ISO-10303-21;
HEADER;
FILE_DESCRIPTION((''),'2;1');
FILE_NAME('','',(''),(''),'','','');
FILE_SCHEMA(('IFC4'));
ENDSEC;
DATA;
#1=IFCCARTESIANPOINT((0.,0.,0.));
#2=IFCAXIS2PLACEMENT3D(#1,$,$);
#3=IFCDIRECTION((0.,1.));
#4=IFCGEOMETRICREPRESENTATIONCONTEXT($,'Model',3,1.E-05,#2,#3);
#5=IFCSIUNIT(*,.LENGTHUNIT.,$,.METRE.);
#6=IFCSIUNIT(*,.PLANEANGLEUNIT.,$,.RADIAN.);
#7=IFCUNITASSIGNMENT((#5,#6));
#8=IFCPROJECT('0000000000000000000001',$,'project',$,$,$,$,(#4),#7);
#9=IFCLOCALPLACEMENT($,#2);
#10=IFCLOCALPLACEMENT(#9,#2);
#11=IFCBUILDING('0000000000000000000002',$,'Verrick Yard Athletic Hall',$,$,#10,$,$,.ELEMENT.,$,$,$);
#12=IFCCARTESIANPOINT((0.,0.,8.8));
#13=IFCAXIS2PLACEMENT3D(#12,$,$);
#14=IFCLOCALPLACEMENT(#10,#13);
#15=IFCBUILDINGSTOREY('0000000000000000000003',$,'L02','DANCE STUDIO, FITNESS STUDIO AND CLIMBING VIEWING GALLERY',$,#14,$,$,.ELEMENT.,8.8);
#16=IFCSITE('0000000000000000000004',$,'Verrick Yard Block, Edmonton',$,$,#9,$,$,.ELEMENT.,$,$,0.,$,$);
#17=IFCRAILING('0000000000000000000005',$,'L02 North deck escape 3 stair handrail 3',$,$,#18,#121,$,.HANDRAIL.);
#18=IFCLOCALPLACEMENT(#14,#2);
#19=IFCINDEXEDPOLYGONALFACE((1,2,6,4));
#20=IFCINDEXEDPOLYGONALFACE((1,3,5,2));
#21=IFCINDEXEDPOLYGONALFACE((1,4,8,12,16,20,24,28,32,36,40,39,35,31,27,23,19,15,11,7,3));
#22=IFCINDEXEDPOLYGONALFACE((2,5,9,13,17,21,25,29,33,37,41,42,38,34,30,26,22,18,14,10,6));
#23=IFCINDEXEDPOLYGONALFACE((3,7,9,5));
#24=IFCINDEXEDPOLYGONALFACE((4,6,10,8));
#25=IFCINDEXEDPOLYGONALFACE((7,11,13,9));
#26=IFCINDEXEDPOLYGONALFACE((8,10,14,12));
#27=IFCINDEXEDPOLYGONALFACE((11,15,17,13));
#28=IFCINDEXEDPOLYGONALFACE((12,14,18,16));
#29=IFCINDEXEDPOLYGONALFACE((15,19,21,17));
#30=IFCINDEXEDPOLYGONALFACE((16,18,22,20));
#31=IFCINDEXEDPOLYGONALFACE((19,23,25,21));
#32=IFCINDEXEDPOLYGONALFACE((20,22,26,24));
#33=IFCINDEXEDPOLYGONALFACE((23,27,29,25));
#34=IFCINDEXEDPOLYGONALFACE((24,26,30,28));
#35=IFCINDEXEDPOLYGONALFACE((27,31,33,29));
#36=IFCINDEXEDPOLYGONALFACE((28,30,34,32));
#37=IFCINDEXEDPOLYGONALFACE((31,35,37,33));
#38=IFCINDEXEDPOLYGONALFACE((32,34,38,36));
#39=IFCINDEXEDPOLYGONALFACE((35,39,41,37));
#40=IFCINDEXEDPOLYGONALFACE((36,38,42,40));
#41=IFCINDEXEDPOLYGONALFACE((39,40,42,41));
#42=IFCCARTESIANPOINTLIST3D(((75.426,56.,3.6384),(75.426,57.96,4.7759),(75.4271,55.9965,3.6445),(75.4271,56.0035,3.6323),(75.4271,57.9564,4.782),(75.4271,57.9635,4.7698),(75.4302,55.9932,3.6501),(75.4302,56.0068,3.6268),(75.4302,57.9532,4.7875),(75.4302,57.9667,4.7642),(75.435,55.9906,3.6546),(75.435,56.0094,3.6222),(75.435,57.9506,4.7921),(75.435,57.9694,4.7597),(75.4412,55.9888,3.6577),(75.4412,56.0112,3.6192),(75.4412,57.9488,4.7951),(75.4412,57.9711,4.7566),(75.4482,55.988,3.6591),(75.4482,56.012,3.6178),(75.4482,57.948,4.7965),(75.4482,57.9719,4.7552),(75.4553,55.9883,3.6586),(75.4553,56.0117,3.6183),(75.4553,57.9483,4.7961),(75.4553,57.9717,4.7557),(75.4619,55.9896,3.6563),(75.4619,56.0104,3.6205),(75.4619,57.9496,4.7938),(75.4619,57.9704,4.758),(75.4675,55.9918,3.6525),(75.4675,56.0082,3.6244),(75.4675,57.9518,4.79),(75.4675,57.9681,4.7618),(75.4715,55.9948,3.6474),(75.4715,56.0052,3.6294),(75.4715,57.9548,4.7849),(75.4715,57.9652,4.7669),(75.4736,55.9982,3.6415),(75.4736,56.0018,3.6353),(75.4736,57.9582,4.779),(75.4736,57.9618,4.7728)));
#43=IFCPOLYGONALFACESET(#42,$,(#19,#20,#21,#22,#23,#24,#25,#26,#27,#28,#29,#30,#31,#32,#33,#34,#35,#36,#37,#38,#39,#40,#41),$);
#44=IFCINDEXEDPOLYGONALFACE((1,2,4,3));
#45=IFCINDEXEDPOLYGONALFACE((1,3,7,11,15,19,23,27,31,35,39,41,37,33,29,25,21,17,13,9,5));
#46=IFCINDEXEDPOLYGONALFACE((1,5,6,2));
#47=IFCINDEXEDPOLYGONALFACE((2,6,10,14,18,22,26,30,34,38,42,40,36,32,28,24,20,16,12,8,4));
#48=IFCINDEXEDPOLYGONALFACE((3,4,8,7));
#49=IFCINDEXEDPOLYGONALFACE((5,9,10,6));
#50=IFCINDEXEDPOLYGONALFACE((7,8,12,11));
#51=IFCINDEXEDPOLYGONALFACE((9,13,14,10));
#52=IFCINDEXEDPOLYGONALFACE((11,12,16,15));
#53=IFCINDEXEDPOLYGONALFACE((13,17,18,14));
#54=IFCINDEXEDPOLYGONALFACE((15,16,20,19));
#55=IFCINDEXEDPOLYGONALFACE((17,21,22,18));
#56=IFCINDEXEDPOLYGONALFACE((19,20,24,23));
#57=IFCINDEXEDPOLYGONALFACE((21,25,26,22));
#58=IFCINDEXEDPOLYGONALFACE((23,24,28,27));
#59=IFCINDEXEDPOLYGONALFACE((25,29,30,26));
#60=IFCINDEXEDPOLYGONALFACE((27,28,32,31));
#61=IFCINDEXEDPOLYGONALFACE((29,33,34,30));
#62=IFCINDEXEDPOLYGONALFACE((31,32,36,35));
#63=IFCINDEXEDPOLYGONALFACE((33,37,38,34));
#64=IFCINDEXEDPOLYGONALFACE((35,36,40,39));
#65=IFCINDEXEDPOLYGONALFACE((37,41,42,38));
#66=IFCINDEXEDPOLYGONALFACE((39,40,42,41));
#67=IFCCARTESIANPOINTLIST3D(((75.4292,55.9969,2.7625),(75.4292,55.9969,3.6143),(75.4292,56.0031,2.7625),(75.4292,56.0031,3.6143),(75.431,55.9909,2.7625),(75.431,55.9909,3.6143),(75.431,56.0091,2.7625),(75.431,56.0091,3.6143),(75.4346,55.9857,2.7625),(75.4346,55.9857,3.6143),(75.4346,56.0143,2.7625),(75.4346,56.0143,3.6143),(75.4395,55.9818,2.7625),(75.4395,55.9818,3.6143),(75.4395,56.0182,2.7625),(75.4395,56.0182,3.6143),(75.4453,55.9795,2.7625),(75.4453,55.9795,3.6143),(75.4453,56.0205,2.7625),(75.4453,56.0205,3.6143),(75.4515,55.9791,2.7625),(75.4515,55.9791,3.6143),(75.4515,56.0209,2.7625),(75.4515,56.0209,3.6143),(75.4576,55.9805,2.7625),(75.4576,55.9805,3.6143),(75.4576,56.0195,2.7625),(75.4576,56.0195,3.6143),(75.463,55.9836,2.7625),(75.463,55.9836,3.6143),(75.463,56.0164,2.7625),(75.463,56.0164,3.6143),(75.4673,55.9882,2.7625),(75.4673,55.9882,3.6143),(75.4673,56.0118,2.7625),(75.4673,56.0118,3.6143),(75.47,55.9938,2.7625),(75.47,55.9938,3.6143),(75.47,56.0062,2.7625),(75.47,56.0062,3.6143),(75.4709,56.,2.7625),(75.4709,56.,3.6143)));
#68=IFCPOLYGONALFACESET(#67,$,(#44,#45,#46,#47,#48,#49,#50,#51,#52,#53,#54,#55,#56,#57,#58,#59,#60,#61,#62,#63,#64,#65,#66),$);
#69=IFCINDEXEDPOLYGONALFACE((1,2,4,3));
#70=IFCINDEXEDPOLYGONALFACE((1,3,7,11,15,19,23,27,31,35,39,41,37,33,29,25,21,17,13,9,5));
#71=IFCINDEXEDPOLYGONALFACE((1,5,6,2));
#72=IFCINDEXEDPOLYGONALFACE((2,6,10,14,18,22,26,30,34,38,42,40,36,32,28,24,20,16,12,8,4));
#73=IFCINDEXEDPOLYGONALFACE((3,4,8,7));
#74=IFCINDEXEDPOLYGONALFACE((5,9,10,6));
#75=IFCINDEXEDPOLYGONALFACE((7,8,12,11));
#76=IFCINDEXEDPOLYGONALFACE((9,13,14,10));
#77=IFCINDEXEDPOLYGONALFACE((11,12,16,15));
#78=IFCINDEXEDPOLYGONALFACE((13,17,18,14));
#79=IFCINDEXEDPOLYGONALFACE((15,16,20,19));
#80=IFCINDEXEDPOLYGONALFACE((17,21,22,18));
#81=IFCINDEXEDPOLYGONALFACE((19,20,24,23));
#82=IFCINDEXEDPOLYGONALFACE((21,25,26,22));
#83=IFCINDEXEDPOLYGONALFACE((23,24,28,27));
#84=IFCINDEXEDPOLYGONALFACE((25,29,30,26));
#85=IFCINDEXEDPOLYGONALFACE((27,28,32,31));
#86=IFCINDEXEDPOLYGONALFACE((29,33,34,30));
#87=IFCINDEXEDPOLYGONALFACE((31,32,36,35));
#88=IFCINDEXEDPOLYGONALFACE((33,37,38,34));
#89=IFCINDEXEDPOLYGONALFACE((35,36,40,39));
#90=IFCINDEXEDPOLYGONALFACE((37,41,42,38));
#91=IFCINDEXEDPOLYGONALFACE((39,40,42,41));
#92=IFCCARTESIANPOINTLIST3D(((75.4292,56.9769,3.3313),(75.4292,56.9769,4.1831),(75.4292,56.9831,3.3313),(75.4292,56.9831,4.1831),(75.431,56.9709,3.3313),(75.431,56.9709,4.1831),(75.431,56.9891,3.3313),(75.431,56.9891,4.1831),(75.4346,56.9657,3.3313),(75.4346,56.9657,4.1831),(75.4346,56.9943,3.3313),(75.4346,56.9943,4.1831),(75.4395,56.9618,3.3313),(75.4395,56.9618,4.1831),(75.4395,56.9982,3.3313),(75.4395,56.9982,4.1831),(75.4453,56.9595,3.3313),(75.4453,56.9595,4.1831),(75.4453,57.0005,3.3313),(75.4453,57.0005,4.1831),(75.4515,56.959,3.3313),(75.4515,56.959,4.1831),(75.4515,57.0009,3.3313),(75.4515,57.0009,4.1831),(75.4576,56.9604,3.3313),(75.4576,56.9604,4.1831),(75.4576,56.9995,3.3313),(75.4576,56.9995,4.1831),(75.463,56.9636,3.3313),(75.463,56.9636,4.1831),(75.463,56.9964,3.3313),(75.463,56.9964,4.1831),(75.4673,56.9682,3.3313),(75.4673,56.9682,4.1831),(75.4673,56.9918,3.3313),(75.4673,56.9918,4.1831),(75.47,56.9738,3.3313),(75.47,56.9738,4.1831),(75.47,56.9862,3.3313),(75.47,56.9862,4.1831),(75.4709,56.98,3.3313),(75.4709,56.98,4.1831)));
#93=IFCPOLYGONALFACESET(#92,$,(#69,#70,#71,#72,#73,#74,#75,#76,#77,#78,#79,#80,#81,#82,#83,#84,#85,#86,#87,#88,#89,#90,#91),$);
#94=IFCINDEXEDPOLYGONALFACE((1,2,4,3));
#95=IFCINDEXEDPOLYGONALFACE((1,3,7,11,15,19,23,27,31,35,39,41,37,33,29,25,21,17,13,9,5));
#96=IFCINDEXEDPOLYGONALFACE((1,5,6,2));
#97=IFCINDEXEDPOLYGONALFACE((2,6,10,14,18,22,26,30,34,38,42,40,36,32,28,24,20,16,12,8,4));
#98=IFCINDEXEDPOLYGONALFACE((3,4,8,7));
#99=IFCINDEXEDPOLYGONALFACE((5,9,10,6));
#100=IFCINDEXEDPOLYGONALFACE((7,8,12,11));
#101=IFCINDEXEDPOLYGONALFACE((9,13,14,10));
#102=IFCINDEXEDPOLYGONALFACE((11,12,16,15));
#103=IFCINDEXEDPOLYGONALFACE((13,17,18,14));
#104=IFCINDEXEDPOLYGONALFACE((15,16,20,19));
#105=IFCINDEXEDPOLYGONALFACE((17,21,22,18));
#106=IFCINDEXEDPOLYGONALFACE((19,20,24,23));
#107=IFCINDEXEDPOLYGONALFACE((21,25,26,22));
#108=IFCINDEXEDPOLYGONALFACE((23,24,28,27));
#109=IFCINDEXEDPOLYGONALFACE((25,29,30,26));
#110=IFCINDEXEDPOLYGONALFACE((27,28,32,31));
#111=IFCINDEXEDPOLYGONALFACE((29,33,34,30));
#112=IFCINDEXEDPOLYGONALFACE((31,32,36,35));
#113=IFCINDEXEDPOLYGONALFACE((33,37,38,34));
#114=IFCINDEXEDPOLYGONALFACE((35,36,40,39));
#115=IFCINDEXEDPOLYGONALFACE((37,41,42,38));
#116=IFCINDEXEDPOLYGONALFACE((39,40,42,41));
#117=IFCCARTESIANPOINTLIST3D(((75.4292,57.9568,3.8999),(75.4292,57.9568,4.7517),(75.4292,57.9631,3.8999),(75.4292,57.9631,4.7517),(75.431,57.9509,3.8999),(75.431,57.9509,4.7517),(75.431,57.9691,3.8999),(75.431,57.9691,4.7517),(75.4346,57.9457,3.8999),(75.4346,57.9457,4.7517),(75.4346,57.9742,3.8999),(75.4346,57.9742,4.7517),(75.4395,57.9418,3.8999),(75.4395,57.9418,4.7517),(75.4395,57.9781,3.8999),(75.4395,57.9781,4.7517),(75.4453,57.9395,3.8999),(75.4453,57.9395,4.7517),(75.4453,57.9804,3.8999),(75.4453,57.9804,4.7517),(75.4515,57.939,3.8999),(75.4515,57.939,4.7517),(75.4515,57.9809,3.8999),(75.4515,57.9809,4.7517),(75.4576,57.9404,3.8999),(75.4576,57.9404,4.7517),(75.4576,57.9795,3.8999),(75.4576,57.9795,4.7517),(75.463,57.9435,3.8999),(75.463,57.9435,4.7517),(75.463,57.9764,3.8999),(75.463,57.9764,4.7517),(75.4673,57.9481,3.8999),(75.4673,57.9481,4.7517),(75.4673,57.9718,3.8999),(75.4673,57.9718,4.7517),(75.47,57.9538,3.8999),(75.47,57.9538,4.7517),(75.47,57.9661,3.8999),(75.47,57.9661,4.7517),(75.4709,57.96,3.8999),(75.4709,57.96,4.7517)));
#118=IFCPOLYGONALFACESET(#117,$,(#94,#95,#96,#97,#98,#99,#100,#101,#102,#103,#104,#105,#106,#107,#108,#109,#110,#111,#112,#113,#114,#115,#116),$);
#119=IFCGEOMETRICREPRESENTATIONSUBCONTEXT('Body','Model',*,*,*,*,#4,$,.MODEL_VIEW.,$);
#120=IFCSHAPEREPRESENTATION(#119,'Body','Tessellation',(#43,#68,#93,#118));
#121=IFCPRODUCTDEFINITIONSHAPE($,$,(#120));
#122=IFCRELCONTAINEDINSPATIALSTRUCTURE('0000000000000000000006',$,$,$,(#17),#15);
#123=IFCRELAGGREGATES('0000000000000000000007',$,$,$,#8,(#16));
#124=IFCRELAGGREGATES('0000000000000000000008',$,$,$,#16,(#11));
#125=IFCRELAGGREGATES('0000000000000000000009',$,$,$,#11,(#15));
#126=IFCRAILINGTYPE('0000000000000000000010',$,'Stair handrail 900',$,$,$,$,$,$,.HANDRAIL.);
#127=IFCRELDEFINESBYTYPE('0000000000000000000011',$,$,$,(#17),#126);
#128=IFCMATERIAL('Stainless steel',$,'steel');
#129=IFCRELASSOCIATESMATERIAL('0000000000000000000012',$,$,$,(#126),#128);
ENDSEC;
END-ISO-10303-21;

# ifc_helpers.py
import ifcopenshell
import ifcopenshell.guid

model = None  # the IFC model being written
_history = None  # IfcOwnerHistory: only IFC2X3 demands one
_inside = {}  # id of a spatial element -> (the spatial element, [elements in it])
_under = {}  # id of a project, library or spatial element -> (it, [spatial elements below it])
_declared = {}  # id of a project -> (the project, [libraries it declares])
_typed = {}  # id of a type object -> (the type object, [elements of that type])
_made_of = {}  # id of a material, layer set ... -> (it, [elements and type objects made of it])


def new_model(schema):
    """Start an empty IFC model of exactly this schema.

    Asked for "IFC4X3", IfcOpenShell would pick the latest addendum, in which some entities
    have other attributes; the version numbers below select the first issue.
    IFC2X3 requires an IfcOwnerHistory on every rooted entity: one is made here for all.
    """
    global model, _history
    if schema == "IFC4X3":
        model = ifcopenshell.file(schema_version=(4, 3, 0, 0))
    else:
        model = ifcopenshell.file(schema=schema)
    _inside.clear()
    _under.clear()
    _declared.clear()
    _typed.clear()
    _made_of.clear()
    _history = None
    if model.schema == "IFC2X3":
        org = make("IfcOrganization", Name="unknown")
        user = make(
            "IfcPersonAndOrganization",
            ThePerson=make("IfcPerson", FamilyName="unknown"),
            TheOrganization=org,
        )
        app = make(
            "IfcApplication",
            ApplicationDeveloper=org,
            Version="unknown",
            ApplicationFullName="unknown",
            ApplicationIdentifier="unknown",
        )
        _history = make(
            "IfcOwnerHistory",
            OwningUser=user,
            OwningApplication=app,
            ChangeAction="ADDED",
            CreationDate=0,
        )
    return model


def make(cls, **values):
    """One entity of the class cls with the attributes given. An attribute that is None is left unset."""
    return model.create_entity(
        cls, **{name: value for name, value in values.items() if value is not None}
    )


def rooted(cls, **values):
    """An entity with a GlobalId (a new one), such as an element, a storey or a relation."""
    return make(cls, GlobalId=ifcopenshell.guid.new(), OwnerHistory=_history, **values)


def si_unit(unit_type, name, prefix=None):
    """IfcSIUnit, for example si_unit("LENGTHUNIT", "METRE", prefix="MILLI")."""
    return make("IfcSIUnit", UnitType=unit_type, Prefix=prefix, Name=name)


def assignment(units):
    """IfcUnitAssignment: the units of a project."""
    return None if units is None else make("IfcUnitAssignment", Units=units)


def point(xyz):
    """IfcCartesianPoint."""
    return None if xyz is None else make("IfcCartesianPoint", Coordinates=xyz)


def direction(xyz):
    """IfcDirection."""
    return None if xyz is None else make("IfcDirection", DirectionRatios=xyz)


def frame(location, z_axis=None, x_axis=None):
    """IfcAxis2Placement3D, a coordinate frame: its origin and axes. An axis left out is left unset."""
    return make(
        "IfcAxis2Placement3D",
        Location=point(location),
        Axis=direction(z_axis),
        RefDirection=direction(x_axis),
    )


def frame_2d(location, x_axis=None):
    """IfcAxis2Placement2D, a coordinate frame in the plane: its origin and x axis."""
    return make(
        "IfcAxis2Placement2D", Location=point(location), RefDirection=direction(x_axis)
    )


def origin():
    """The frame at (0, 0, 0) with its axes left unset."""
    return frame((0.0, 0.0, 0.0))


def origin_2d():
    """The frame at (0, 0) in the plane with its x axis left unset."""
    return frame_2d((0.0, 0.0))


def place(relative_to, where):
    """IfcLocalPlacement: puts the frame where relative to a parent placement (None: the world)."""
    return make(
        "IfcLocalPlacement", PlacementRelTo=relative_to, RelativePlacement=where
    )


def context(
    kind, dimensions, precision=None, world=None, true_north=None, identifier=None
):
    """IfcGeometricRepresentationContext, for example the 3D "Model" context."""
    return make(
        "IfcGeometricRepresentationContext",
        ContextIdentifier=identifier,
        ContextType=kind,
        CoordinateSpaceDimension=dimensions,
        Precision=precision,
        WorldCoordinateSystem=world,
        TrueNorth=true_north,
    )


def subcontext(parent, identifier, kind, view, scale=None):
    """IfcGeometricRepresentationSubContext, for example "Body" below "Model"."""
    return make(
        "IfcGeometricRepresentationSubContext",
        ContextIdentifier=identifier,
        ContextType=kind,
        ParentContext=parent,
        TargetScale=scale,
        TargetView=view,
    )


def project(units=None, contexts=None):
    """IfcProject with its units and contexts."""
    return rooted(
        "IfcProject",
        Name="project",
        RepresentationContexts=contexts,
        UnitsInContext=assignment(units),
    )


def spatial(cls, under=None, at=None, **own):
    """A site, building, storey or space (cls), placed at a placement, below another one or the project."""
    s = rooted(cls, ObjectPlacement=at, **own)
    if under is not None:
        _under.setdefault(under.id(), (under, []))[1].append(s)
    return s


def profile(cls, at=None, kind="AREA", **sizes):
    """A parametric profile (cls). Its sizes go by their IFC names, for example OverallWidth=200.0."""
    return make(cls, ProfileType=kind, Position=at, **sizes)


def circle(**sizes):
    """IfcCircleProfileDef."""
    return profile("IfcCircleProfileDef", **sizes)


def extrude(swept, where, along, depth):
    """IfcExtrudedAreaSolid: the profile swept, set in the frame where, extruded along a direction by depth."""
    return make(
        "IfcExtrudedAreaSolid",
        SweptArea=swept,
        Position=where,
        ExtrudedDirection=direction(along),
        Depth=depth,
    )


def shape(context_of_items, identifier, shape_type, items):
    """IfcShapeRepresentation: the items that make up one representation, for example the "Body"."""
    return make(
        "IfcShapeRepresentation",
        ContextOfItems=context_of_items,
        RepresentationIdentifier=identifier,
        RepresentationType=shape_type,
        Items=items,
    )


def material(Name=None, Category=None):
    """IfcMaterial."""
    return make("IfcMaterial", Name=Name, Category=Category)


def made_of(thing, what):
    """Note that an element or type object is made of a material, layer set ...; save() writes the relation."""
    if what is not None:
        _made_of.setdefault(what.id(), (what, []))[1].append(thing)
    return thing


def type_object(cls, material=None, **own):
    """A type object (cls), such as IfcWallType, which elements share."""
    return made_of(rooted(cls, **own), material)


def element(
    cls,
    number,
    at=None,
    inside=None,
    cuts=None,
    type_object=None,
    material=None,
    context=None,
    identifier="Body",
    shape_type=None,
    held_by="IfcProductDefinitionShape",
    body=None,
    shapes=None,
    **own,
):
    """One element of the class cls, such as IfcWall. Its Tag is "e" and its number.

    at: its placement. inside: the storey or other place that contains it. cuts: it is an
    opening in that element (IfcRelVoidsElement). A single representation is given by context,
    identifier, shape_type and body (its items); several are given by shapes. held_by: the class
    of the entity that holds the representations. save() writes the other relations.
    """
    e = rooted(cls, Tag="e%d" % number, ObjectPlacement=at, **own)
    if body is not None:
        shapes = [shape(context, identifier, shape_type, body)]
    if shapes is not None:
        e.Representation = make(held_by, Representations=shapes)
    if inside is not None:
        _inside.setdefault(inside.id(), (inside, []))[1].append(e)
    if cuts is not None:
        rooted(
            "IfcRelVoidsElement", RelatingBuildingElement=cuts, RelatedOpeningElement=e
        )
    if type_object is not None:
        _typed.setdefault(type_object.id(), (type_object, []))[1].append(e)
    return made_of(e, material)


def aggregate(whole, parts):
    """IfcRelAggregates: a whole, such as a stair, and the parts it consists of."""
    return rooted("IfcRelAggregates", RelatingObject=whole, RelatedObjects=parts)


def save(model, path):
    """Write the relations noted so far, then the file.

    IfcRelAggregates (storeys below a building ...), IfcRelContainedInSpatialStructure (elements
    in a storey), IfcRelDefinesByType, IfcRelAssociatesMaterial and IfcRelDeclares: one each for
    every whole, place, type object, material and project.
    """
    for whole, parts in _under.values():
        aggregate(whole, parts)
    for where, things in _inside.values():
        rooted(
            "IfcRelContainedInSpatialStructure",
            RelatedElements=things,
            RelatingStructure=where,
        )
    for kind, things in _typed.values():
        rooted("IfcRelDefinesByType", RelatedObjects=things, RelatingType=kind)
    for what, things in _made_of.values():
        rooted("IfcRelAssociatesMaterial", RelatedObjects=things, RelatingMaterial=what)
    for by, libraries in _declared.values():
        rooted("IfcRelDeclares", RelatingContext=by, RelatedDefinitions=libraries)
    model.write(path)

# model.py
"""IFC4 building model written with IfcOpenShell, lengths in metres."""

from ifc_helpers import new_model, si_unit, direction, frame, origin, origin_2d, place, context, subcontext, project, spatial, circle, extrude, material, type_object, element, save


model = new_model("IFC4")

# Units and contexts
model_context = context("Model", 3, precision=1e-05, world=origin(), true_north=direction((0.0, 1.0)))
body_context = subcontext(model_context, "Body", "Model", "MODEL_VIEW")
ifc_project = project(units=[si_unit("LENGTHUNIT", "METRE"), si_unit("PLANEANGLEUNIT", "RADIAN")], contexts=[model_context])

# Site, building, storey
site_placement = place(None, origin())
site = spatial("IfcSite", under=ifc_project, at=site_placement, Name="Verrick Yard Block, Edmonton", CompositionType="ELEMENT", RefElevation=0.0)
building_placement = place(site_placement, origin())
building = spatial("IfcBuilding", under=site, at=building_placement, Name="Verrick Yard Athletic Hall", CompositionType="ELEMENT")
storey_placement = place(building_placement, frame((0.0, 0.0, 8.8)))
storey = spatial("IfcBuildingStorey", under=building, at=storey_placement, Name="L02", Description="DANCE STUDIO, FITNESS STUDIO AND CLIMBING VIEWING GALLERY", CompositionType="ELEMENT", Elevation=8.8)

# Railing
ifc_material_1 = material(Name="Stainless steel", Category="steel")
railing_type_1 = type_object("IfcRailingType", Name="Stair handrail 900", PredefinedType="HANDRAIL", material=ifc_material_1)
railing_1_placement = place(storey_placement, frame((75.45, 56.0, 2.7625)))
element("IfcRailing", 1, at=railing_1_placement, inside=storey, type_object=railing_type_1, Name="L02 North deck escape 3 stair handrail 3", PredefinedType="HANDRAIL", context=body_context, shape_type="SweptSolid", body=[
    extrude(circle(Radius=0.0239, at=origin_2d()), frame((0.0, 0.0, 0.876), z_axis=(0.0, 0.864902, 0.501941), x_axis=(-1.0, 0.0, 0.0)), (0.0, 0.0, 1.0), 2.2661),
    extrude(circle(Radius=0.021, at=origin_2d()), origin(), (0.0, 0.0, 1.0), 0.8518),
    extrude(circle(Radius=0.021, at=origin_2d()), frame((0.0, 0.98, 0.5688)), (0.0, 0.0, 1.0), 0.8518),
    extrude(circle(Radius=0.021, at=origin_2d()), frame((0.0, 1.96, 1.1375)), (0.0, 0.0, 1.0), 0.8518),
])

save(model, "model.ifc")
